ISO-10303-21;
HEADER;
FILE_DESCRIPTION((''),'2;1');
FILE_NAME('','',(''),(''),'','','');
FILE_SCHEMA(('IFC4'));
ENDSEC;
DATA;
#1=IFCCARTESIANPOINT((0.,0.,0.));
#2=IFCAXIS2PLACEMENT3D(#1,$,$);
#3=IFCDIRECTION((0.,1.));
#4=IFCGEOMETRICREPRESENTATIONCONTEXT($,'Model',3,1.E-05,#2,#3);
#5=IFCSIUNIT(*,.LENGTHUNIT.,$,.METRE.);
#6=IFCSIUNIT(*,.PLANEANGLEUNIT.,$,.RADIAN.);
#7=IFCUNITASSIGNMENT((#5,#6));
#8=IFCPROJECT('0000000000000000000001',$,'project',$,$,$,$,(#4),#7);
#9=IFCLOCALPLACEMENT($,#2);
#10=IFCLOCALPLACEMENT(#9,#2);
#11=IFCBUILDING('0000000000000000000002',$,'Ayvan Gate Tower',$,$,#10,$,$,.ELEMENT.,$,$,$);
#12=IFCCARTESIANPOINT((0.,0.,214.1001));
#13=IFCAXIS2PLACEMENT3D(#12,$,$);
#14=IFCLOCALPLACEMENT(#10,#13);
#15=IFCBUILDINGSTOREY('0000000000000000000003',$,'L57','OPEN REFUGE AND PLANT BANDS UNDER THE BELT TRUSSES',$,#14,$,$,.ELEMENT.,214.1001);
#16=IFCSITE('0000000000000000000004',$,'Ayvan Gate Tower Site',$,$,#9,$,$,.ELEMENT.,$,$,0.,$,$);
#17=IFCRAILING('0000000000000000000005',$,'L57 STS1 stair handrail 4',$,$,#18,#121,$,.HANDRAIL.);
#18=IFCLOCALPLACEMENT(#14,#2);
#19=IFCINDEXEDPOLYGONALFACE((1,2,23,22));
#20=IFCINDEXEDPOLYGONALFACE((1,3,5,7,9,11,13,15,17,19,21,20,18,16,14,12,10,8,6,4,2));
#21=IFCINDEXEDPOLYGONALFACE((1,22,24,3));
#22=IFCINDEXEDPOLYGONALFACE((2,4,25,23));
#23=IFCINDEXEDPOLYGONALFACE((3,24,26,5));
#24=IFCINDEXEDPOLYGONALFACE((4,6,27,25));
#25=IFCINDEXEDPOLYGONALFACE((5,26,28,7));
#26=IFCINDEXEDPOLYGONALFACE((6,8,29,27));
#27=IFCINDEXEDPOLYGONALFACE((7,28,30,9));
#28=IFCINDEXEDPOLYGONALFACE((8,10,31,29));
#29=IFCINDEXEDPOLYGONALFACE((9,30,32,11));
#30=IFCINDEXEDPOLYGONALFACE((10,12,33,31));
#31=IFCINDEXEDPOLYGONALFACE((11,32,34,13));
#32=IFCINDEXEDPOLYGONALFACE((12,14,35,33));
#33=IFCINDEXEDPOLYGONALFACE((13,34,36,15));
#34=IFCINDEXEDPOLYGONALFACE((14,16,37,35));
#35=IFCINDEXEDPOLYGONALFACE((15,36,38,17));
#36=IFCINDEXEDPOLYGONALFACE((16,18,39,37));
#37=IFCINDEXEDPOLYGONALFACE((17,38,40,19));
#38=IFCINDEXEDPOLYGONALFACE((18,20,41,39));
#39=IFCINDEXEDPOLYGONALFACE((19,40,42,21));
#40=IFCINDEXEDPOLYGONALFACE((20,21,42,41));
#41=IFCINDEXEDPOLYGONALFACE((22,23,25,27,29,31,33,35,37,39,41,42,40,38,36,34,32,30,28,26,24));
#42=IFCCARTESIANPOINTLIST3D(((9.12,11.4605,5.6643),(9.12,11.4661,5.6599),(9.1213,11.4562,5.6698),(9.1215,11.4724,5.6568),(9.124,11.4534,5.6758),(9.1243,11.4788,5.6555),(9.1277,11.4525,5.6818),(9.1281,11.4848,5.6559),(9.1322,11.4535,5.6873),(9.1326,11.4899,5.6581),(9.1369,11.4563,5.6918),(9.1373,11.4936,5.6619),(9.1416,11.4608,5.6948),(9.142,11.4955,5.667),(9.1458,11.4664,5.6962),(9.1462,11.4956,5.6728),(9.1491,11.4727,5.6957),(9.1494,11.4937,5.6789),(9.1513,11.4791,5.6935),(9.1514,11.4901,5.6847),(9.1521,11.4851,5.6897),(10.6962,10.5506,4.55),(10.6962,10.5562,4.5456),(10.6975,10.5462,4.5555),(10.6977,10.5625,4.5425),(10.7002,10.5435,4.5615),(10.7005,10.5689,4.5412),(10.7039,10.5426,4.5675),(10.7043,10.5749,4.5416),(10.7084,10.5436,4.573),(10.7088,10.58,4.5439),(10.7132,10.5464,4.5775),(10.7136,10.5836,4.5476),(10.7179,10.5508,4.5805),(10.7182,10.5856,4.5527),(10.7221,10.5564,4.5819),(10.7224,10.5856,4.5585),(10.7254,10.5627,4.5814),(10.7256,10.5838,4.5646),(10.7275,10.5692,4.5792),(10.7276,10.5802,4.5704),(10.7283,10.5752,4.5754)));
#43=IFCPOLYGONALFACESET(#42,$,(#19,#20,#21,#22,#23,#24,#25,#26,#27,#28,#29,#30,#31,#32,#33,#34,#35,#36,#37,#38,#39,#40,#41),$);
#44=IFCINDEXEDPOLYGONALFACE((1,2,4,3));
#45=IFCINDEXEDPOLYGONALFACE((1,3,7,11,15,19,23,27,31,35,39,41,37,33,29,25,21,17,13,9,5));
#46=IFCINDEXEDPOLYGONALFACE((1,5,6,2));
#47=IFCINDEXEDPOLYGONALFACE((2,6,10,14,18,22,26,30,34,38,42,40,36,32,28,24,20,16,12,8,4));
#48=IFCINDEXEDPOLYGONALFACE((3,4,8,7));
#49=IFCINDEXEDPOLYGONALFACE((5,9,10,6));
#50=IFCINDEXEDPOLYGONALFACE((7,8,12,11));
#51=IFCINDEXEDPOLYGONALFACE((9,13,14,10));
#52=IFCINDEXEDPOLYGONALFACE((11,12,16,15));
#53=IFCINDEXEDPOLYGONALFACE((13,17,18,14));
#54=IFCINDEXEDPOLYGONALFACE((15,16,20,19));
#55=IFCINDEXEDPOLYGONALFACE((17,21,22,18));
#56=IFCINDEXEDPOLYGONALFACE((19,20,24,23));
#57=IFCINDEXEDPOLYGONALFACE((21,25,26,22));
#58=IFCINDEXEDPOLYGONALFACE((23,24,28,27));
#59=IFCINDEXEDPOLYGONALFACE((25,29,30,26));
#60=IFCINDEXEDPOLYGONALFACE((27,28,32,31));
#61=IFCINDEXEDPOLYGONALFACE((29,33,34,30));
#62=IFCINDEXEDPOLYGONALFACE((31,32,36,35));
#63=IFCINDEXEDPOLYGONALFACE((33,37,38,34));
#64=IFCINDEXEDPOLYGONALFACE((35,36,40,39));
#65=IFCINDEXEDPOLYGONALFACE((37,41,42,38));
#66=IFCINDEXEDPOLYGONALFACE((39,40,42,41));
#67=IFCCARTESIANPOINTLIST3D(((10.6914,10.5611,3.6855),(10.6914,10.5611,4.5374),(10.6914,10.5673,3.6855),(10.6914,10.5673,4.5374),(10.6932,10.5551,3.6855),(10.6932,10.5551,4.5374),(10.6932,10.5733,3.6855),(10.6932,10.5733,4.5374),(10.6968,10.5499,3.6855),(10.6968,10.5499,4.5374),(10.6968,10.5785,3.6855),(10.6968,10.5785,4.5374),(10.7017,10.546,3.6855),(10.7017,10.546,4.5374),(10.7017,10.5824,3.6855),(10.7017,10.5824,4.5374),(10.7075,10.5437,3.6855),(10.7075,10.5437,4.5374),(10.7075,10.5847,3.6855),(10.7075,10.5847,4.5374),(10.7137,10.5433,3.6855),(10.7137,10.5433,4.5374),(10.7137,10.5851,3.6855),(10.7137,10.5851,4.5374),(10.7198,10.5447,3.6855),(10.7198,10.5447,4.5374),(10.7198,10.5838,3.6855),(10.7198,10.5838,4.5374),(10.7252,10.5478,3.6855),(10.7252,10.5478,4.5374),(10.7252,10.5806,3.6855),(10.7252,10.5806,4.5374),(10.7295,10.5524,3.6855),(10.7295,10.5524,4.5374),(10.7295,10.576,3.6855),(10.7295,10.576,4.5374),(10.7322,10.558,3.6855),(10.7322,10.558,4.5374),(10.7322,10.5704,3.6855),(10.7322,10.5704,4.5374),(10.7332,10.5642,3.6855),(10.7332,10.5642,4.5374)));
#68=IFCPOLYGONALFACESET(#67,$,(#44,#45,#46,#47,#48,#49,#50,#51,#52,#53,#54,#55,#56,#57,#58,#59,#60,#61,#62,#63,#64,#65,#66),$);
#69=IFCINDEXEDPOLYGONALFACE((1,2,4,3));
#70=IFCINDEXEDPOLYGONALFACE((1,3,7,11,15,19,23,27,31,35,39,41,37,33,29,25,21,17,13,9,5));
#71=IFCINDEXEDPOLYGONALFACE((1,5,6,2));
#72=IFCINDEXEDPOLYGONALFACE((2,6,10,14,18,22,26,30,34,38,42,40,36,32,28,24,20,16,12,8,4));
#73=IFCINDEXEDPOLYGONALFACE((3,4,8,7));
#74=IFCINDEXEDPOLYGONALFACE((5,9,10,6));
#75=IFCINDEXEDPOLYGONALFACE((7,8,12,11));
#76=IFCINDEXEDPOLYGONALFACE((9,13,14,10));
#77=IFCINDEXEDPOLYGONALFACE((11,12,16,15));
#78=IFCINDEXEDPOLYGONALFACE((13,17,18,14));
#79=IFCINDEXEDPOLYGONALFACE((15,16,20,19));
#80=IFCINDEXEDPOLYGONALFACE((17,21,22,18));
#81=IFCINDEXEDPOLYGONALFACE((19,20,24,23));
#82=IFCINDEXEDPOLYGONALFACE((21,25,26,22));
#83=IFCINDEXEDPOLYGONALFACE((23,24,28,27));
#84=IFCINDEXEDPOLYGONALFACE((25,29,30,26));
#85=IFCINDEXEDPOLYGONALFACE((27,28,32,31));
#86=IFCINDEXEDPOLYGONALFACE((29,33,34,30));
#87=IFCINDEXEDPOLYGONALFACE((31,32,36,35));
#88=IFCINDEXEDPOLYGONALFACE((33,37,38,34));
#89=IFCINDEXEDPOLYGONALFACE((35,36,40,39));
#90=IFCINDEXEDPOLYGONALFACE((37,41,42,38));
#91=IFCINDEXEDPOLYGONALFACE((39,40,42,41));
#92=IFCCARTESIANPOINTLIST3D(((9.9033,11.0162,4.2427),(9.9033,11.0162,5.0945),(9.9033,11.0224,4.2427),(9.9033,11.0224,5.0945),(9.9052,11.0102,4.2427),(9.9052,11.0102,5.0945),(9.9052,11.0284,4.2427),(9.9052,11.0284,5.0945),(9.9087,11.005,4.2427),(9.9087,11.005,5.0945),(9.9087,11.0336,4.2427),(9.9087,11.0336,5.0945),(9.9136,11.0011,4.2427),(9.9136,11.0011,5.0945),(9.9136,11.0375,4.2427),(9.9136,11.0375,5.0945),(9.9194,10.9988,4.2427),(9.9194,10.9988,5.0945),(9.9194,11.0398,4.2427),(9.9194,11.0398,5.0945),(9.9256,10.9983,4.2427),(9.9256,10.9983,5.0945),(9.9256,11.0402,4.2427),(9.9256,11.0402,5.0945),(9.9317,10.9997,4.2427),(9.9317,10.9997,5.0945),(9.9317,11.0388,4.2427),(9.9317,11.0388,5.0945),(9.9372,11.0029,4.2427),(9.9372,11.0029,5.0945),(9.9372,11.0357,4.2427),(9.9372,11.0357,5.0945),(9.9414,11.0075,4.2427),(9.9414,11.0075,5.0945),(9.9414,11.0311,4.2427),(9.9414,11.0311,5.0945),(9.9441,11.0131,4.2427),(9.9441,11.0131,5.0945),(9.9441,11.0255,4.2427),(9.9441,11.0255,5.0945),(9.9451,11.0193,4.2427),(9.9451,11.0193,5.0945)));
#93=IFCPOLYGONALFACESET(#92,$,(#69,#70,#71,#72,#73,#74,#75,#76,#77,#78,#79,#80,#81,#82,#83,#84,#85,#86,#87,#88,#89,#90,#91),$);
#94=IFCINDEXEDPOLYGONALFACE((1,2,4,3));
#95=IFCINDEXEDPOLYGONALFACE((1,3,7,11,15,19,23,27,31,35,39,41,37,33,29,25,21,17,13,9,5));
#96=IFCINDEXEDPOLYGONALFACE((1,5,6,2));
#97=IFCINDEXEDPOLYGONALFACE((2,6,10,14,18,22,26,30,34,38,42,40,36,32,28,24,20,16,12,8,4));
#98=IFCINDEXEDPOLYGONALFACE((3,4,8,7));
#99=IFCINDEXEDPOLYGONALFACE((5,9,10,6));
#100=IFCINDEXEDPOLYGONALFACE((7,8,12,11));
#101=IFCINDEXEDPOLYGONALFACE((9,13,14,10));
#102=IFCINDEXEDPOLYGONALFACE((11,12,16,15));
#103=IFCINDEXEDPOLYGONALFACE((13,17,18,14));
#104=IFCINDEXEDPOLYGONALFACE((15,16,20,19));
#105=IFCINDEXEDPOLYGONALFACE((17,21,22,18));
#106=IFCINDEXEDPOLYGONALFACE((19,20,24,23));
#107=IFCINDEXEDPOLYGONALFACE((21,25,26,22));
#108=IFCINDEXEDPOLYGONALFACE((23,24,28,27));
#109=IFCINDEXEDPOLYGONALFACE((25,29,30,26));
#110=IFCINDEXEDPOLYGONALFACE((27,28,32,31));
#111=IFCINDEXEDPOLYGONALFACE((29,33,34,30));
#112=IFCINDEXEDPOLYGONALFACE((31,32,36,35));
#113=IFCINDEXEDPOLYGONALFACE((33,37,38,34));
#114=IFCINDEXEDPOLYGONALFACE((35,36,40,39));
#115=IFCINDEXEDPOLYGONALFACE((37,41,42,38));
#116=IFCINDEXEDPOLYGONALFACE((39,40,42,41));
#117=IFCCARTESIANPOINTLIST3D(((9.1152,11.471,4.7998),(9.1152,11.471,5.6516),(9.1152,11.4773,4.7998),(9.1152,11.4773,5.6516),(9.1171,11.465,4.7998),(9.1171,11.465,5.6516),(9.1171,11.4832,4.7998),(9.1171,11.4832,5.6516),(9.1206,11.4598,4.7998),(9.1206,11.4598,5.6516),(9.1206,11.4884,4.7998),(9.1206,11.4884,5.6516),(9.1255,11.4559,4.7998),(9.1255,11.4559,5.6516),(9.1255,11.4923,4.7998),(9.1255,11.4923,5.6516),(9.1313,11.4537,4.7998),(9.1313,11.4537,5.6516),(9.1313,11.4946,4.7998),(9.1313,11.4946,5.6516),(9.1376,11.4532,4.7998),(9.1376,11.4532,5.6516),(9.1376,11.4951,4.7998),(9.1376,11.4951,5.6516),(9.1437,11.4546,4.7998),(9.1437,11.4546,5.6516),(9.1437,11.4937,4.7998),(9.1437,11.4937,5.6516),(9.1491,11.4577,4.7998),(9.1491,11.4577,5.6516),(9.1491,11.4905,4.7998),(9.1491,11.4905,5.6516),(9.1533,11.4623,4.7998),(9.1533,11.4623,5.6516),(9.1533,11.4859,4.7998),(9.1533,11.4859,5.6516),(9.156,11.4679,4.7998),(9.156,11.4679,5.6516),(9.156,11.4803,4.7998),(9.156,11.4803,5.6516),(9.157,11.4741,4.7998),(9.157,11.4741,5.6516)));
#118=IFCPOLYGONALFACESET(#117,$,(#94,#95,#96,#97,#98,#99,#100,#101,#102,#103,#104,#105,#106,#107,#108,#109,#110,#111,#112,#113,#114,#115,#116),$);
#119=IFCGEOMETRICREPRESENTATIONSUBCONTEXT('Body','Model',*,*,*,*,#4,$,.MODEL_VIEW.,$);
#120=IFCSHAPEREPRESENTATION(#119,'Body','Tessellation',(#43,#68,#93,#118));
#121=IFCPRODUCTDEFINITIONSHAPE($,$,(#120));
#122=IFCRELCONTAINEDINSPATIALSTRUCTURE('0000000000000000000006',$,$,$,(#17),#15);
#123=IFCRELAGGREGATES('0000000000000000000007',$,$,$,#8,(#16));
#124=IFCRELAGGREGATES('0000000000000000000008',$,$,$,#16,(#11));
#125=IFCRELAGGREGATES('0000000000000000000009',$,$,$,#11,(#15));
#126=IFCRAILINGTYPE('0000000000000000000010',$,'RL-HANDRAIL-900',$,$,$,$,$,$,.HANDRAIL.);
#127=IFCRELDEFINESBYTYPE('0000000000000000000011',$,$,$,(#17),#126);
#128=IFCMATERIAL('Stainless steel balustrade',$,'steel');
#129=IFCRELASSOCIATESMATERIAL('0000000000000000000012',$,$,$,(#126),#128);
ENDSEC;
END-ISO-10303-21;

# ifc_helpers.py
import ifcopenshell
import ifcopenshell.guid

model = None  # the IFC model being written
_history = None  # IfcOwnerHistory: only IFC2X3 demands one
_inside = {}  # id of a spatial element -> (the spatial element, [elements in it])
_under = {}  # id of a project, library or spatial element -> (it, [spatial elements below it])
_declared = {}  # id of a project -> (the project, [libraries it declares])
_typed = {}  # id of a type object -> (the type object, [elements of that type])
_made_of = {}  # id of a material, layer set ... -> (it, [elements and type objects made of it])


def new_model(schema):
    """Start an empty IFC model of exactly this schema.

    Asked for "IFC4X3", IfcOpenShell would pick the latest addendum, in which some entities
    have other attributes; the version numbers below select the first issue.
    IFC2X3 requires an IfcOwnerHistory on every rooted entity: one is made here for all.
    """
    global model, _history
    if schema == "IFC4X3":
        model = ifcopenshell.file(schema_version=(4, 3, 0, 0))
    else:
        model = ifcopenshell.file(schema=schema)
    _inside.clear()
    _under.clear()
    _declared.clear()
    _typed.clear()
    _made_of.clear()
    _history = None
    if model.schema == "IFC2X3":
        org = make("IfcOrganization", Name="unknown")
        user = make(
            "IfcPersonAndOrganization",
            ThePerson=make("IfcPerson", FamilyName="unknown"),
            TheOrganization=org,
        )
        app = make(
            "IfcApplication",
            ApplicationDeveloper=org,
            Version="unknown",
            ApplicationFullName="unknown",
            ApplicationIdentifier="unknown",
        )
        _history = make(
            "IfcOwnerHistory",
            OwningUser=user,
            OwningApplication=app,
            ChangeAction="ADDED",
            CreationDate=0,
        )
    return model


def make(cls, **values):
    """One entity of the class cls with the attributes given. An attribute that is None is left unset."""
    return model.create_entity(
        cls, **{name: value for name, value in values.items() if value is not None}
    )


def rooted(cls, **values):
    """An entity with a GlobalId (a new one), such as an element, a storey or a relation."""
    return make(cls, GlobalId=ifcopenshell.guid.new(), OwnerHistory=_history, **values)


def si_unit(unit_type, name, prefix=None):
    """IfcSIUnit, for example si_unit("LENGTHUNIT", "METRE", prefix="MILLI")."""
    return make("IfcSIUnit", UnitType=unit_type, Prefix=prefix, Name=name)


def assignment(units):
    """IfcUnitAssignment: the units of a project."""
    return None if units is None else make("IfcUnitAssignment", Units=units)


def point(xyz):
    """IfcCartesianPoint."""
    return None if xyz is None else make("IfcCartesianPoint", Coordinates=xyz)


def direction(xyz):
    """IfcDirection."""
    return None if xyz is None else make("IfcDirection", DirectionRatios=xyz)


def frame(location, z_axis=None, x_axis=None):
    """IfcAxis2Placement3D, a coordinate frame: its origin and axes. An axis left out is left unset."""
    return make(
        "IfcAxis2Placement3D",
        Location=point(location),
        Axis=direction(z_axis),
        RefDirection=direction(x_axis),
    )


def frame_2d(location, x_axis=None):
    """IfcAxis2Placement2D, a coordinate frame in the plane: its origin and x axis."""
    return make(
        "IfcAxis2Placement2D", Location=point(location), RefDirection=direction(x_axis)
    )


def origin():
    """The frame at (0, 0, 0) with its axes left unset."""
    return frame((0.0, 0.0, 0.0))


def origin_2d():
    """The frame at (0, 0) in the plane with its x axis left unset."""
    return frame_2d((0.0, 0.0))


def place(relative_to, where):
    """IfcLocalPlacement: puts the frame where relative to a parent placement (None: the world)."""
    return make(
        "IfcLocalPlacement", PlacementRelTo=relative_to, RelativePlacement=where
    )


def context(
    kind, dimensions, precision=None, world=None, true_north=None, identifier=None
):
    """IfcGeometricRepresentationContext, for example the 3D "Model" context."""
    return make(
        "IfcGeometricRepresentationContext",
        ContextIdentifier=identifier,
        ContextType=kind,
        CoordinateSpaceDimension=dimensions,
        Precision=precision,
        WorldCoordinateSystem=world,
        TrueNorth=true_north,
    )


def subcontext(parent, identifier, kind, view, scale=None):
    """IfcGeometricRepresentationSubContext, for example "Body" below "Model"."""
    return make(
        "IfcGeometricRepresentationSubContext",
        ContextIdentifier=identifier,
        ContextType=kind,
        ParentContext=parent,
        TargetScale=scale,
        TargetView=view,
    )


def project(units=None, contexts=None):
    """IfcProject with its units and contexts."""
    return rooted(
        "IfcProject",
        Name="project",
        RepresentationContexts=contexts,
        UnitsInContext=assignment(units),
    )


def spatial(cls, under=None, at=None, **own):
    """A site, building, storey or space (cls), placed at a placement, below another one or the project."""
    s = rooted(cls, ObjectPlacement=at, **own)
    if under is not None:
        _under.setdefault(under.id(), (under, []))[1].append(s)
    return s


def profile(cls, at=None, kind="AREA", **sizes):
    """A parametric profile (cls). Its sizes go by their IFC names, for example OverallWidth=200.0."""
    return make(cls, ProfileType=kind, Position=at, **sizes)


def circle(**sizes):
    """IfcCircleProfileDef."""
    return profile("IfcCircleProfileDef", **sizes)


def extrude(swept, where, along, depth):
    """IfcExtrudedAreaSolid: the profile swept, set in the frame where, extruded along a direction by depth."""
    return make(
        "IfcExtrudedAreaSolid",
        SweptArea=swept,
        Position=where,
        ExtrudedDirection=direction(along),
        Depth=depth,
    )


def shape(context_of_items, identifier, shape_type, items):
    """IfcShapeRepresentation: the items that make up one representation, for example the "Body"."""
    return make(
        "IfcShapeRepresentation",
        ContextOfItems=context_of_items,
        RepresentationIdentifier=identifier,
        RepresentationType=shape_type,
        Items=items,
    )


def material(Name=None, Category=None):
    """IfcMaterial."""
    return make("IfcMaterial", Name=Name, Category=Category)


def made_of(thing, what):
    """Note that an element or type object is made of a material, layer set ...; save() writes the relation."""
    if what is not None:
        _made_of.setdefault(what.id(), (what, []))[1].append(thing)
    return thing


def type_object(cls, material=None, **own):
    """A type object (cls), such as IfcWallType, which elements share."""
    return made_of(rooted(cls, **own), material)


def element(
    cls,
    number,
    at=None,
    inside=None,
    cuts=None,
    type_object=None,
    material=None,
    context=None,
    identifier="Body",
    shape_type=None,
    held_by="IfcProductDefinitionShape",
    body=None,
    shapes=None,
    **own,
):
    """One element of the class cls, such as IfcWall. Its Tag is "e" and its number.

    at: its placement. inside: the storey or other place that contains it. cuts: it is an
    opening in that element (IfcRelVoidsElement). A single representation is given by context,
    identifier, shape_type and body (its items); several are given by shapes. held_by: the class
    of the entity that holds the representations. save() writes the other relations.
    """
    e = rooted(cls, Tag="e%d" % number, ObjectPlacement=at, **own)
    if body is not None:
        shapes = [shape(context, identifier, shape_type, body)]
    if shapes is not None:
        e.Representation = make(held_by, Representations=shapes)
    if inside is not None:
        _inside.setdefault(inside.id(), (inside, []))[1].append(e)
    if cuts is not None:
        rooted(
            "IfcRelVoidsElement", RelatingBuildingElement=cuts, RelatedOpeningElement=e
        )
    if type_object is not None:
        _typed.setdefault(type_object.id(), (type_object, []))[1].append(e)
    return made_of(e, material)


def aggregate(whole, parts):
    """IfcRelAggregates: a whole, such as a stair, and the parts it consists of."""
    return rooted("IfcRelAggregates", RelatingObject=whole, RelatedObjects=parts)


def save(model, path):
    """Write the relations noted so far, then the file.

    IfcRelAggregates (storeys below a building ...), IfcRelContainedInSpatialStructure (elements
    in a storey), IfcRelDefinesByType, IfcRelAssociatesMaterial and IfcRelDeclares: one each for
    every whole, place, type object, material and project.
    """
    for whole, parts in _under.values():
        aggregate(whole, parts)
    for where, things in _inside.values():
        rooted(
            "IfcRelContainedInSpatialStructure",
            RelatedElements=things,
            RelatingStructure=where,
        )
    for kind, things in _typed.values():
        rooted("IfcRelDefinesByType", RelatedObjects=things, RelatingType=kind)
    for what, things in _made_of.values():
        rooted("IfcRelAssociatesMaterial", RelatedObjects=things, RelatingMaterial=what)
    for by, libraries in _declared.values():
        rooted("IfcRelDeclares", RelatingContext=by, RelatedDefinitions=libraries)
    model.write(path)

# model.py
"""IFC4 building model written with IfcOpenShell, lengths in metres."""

from ifc_helpers import new_model, si_unit, direction, frame, origin, origin_2d, place, context, subcontext, project, spatial, circle, extrude, material, type_object, element, save


model = new_model("IFC4")

# Units and contexts
model_context = context("Model", 3, precision=1e-05, world=origin(), true_north=direction((0.0, 1.0)))
body_context = subcontext(model_context, "Body", "Model", "MODEL_VIEW")
ifc_project = project(units=[si_unit("LENGTHUNIT", "METRE"), si_unit("PLANEANGLEUNIT", "RADIAN")], contexts=[model_context])

# Site, building, storey
site_placement = place(None, origin())
site = spatial("IfcSite", under=ifc_project, at=site_placement, Name="Ayvan Gate Tower Site", CompositionType="ELEMENT", RefElevation=0.0)
building_placement = place(site_placement, origin())
building = spatial("IfcBuilding", under=site, at=building_placement, Name="Ayvan Gate Tower", CompositionType="ELEMENT")
storey_placement = place(building_placement, frame((0.0, 0.0, 214.1001)))
storey = spatial("IfcBuildingStorey", under=building, at=storey_placement, Name="L57", Description="OPEN REFUGE AND PLANT BANDS UNDER THE BELT TRUSSES", CompositionType="ELEMENT", Elevation=214.1001)

# Railing
ifc_material_1 = material(Name="Stainless steel balustrade", Category="steel")
railing_type_1 = type_object("IfcRailingType", Name="RL-HANDRAIL-900", PredefinedType="HANDRAIL", material=ifc_material_1)
for number, where, name in (
    (1, (10.7122, 10.5642, 3.6855), "L57 STS1 stair handrail 4"),
):
    element("IfcRailing", number, at=place(storey_placement, frame(where)), inside=storey, type_object=railing_type_1, Name=name, PredefinedType="HANDRAIL", context=body_context, shape_type="SweptSolid", body=[
        extrude(circle(Radius=0.0239, at=origin_2d()), frame((0.0, 0.0, 0.876), z_axis=(-0.73861, 0.426394, 0.522153), x_axis=(-0.499962, -0.866047, 0.0)), (0.0, 0.0, 1.0), 2.134),
        extrude(circle(Radius=0.021, at=origin_2d()), origin(), (0.0, 0.0, 1.0), 0.8518),
        extrude(circle(Radius=0.021, at=origin_2d()), frame((-0.7881, 0.4551, 0.5571)), (0.0, 0.0, 1.0), 0.8518),
        extrude(circle(Radius=0.021, at=origin_2d()), frame((-1.5762, 0.9099, 1.1143)), (0.0, 0.0, 1.0), 0.8518),
    ])

save(model, "model.ifc")
